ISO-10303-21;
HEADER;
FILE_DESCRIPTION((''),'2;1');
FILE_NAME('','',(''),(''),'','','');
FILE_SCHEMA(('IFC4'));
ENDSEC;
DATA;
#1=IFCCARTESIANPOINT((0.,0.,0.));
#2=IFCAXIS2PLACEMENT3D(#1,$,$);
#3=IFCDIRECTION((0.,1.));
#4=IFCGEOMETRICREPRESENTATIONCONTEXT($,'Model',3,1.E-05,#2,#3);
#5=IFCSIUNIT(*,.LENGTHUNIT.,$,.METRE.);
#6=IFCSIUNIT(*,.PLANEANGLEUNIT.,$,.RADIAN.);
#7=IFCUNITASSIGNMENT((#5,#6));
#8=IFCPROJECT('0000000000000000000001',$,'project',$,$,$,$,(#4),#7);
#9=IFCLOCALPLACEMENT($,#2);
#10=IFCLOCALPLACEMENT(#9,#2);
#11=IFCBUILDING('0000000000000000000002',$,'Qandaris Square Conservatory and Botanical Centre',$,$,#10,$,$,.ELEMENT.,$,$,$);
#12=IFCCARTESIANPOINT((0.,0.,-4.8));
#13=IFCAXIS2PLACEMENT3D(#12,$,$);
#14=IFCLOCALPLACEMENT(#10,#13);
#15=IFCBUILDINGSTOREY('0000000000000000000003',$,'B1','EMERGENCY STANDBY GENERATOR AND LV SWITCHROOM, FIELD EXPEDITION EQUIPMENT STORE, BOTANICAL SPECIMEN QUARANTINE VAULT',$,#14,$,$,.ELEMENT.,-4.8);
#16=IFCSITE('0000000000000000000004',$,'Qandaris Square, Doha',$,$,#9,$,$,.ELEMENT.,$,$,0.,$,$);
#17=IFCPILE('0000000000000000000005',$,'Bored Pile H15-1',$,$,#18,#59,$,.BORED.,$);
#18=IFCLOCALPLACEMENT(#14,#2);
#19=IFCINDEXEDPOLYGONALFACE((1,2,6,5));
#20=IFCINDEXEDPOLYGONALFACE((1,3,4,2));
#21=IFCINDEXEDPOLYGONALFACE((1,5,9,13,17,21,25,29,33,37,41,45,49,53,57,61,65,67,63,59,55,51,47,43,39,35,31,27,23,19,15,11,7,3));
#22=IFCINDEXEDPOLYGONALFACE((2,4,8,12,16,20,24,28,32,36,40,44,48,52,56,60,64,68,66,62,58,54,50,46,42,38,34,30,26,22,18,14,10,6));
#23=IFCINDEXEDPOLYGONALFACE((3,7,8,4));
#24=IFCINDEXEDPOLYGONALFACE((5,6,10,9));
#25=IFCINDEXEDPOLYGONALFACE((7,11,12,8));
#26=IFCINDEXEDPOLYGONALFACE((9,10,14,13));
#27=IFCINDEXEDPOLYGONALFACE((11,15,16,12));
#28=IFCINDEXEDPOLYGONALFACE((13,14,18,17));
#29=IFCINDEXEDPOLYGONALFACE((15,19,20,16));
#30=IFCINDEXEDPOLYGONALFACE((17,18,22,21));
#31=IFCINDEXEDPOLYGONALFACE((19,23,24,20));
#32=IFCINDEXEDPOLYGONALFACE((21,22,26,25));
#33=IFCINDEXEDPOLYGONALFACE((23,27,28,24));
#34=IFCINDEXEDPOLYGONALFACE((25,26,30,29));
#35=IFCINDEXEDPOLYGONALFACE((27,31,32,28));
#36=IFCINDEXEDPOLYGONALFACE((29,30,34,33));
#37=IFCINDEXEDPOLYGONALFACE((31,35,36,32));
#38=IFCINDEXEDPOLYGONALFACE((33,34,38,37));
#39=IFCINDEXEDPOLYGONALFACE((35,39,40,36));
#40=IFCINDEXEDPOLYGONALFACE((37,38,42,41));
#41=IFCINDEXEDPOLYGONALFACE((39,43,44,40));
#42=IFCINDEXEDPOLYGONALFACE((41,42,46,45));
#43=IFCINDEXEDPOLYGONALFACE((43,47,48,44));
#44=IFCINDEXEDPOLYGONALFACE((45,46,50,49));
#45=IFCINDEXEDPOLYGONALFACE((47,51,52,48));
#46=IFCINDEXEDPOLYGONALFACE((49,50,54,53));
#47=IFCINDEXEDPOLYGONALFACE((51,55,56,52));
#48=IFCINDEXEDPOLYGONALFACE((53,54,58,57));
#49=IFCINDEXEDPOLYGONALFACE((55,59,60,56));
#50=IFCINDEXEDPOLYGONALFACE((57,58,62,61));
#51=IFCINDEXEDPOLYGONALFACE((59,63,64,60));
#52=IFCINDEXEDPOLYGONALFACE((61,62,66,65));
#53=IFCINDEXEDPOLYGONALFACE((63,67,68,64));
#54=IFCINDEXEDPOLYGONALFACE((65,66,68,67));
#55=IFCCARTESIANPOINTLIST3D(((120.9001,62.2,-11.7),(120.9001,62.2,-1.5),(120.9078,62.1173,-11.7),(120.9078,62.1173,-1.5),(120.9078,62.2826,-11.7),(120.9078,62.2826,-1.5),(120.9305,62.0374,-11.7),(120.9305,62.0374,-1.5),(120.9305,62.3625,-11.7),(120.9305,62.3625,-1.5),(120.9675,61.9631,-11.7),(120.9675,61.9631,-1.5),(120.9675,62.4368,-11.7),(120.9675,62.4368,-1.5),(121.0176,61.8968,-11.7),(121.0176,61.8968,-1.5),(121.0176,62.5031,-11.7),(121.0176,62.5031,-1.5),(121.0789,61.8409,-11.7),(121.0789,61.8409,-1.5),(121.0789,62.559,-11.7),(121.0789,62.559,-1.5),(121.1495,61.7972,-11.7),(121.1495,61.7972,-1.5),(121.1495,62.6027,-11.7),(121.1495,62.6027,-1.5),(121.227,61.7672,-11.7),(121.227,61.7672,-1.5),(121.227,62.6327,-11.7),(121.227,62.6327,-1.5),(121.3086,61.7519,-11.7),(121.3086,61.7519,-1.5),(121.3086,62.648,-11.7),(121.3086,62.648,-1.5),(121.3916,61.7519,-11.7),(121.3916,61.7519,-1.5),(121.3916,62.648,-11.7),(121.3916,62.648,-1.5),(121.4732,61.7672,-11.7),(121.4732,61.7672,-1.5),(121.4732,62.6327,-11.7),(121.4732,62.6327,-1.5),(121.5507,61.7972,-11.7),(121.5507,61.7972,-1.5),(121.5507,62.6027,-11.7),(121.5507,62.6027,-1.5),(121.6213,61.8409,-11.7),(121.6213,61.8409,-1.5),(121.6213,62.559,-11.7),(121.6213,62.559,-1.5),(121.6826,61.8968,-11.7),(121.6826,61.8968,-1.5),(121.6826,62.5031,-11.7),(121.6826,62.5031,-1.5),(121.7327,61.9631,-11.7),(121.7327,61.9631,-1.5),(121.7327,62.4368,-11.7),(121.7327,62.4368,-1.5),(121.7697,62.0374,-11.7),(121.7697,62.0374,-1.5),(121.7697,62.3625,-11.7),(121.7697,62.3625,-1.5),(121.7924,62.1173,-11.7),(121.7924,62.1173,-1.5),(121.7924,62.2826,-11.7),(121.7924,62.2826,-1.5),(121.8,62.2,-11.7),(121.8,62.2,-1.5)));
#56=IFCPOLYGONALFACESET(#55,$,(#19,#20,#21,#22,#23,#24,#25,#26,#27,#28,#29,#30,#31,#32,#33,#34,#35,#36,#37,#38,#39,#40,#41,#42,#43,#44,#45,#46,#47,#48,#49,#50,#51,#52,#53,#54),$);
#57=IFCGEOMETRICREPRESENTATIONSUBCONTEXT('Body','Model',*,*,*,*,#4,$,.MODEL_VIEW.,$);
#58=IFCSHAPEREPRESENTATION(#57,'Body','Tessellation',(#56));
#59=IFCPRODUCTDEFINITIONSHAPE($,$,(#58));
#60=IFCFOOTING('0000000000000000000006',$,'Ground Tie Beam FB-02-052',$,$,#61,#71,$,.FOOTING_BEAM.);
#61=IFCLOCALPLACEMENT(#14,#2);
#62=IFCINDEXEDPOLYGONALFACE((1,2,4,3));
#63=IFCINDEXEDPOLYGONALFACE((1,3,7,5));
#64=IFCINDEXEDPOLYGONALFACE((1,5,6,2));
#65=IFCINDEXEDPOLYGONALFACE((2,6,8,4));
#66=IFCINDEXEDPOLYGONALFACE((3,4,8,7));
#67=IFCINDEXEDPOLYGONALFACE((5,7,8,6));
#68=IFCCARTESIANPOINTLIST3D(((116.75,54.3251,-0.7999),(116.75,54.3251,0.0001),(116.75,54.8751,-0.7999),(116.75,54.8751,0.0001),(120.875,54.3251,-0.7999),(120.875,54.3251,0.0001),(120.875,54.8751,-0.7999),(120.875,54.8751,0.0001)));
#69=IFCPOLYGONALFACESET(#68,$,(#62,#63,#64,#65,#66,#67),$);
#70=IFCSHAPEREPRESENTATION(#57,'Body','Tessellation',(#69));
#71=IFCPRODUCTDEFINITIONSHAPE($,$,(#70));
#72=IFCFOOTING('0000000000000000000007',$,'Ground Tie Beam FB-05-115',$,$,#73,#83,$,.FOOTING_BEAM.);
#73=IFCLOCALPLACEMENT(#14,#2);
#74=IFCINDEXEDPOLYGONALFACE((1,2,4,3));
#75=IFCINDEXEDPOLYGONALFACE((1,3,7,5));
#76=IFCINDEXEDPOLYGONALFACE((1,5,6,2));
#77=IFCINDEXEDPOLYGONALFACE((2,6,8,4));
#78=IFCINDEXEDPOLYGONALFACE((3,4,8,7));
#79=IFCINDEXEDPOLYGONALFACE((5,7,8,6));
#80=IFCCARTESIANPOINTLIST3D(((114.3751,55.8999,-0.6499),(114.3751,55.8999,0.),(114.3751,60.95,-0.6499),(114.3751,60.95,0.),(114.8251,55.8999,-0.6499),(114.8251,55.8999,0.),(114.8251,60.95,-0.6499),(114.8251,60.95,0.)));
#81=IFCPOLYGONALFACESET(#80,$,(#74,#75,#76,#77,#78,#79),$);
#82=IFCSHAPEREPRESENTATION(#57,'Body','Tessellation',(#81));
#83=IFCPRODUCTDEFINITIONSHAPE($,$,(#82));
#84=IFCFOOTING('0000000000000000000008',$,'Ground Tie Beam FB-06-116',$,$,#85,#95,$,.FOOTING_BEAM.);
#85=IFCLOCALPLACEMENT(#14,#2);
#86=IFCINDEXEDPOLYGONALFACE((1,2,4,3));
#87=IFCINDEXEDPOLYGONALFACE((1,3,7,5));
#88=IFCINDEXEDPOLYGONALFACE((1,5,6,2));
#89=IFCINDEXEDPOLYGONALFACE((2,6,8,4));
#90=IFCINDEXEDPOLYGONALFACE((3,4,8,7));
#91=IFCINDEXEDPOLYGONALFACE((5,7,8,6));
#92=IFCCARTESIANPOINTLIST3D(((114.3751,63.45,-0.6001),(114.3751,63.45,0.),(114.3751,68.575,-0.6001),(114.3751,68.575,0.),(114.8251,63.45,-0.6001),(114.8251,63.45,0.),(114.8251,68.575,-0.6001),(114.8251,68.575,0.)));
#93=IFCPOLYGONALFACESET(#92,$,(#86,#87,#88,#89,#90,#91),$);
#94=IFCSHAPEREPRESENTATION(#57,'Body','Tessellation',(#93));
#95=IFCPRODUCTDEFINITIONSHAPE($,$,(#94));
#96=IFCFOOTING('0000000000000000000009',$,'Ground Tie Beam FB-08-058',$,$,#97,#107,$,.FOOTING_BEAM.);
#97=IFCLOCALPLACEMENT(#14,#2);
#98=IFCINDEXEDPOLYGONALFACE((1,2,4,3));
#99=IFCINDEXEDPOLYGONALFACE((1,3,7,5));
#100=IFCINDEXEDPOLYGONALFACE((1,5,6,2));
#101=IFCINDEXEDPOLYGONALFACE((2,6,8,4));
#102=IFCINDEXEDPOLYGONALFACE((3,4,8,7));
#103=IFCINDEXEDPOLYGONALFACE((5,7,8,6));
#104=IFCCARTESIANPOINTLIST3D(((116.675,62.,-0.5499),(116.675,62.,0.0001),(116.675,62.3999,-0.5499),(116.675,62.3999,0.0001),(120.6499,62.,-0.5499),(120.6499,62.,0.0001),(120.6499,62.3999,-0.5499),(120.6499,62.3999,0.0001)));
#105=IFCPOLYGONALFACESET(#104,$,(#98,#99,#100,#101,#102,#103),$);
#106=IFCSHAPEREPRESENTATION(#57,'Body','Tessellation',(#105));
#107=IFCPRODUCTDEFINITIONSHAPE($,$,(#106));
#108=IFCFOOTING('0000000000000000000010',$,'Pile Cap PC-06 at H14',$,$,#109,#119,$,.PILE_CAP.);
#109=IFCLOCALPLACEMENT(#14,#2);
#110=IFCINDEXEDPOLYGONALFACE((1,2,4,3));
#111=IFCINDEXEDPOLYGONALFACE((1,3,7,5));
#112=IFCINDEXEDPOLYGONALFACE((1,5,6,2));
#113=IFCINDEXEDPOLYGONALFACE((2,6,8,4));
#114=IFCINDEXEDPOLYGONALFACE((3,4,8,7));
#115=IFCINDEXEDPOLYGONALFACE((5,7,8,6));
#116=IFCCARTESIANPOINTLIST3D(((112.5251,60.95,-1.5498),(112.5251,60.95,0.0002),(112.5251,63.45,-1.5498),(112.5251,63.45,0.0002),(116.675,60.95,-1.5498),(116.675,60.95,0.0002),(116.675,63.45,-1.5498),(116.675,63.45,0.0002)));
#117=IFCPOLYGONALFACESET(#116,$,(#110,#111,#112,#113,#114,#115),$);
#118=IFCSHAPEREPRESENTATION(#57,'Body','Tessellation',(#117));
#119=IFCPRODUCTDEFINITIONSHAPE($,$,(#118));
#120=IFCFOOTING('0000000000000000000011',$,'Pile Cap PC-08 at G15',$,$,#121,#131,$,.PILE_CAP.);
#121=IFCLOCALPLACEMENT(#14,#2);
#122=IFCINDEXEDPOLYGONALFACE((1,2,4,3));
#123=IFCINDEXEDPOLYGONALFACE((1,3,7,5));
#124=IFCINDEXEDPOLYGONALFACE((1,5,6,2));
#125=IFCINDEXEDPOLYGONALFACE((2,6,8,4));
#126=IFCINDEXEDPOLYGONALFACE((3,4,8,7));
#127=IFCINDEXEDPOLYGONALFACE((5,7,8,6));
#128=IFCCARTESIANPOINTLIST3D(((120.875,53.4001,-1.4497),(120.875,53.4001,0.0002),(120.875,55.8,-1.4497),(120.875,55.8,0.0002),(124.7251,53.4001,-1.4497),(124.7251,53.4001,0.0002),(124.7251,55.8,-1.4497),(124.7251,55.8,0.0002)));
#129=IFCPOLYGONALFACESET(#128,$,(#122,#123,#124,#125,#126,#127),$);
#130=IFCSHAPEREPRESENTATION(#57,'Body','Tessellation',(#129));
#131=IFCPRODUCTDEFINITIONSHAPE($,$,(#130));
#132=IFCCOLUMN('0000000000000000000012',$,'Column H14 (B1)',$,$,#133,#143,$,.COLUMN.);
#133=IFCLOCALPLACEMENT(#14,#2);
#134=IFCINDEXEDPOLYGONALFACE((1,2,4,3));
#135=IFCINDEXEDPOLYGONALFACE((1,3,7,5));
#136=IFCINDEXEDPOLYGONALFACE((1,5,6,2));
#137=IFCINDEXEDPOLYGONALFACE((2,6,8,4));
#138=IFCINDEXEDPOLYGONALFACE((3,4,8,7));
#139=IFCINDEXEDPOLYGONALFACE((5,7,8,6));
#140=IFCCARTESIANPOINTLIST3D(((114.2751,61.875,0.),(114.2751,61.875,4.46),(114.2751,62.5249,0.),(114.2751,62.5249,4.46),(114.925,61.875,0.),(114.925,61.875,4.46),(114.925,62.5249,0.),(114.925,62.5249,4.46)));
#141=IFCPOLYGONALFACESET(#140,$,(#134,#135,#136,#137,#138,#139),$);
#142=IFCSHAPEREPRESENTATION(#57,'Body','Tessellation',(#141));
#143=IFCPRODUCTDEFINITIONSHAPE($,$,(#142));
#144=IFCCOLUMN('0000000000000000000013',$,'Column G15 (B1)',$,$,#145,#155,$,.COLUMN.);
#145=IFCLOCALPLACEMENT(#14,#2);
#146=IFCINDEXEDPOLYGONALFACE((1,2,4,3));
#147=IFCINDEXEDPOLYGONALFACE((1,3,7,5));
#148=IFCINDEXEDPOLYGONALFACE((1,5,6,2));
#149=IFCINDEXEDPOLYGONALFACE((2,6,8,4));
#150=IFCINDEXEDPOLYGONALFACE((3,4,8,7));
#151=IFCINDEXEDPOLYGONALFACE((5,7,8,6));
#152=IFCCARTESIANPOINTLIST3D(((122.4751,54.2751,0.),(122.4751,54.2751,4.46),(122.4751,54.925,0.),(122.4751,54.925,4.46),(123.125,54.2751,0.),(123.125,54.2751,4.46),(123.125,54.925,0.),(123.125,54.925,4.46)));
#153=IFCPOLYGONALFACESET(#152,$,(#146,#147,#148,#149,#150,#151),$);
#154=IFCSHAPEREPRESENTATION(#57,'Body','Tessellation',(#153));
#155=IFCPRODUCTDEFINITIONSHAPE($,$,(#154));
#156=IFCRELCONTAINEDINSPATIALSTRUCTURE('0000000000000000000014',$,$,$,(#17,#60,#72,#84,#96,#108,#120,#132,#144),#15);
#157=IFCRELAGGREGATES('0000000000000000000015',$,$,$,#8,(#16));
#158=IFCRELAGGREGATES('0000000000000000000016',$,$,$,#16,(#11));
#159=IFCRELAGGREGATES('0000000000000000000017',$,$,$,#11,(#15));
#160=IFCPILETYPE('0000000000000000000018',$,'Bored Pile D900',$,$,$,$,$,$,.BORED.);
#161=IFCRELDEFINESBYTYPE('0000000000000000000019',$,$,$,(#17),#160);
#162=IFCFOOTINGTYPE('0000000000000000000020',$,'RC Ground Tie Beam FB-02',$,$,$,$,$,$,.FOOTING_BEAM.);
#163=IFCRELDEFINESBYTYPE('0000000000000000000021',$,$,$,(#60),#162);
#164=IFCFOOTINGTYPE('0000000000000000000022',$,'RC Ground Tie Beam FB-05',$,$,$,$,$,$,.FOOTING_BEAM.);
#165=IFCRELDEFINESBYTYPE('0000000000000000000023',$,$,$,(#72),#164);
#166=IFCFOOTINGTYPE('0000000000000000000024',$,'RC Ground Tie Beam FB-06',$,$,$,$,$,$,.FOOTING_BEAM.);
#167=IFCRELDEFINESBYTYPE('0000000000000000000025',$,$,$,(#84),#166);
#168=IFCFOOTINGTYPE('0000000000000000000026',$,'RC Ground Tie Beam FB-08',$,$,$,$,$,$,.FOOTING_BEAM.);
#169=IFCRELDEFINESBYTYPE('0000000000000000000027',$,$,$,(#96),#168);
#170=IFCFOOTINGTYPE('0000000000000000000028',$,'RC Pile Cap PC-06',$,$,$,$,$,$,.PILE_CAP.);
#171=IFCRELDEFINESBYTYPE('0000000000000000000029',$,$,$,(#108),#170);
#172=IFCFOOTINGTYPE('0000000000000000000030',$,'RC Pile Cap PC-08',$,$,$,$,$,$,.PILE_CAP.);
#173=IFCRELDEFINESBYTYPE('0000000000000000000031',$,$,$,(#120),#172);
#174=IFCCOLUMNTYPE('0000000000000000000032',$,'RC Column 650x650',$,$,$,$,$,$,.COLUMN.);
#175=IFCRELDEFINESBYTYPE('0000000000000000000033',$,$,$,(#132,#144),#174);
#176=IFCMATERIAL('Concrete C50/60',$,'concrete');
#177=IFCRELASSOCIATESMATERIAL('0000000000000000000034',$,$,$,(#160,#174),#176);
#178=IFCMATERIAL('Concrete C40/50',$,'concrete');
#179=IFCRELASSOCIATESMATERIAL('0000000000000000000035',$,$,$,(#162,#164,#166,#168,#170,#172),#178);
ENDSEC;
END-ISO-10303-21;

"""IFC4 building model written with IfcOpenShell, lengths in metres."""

from ifc_helpers import new_model, si_unit, direction, frame, origin, origin_2d, place, context, subcontext, project, spatial, rectangle, circle, extrude, material, material_profile, profile_set, type_object, element, save


model = new_model("IFC4")

# Units and contexts
model_context = context("Model", 3, precision=1e-05, world=origin(), true_north=direction((0.0, 1.0)))
body_context = subcontext(model_context, "Body", "Model", "MODEL_VIEW")
ifc_project = project(units=[si_unit("LENGTHUNIT", "METRE"), si_unit("PLANEANGLEUNIT", "RADIAN")], contexts=[model_context])

# Site, building, storey
site_placement = place(None, origin())
site = spatial("IfcSite", under=ifc_project, at=site_placement, Name="Qandaris Square, Doha", CompositionType="ELEMENT", RefElevation=0.0)
building_placement = place(site_placement, origin())
building = spatial("IfcBuilding", under=site, at=building_placement, Name="Qandaris Square Conservatory and Botanical Centre", CompositionType="ELEMENT")
storey_placement = place(building_placement, frame((0.0, 0.0, -4.8)))
storey = spatial("IfcBuildingStorey", under=building, at=storey_placement, Name="B1", Description="EMERGENCY STANDBY GENERATOR AND LV SWITCHROOM, FIELD EXPEDITION EQUIPMENT STORE, BOTANICAL SPECIMEN QUARANTINE VAULT", CompositionType="ELEMENT", Elevation=-4.8)

# Pile
ifc_material_1 = material(Name="Concrete C50/60", Category="concrete")
ifc_material_profile_1 = material_profile(ifc_material_1, circle(Radius=0.45, at=origin_2d()), Name="PILE D900")
ifc_profile_set_1 = profile_set([ifc_material_profile_1], Name="Concrete C50/60")
pile_type = type_object("IfcPileType", Name="Bored Pile D900", PredefinedType="BORED", material=ifc_profile_set_1)
pile_1_placement = place(storey_placement, frame((121.3501, 62.2, -1.5), z_axis=(0.0, 0.0, -1.0), x_axis=(1.0, 0.0, 0.0)))
element("IfcPile", 1, at=pile_1_placement, inside=storey, type_object=pile_type, Name="Bored Pile H15-1", PredefinedType="BORED", context=body_context, shape_type="SweptSolid", body=[
    extrude(circle(Radius=0.45, at=origin_2d()), origin(), (0.0, 0.0, 1.0), 10.2),
])

# Footings
ifc_material_2 = material(Name="Concrete C40/50", Category="concrete")
ifc_material_profile_2 = material_profile(ifc_material_2, rectangle(XDim=0.55, YDim=0.8, at=origin_2d()), Name="FB 550x800")
ifc_profile_set_2 = profile_set([ifc_material_profile_2], Name="Concrete C40/50")
footing_type_1 = type_object("IfcFootingType", Name="RC Ground Tie Beam FB-02", PredefinedType="FOOTING_BEAM", material=ifc_profile_set_2)
footing_1_placement = place(storey_placement, frame((116.75, 54.6001, -0.3999), z_axis=(1.0, 0.0, 0.0), x_axis=(0.0, 1.0, 0.0)))
element("IfcFooting", 2, at=footing_1_placement, inside=storey, type_object=footing_type_1, Name="Ground Tie Beam FB-02-052", PredefinedType="FOOTING_BEAM", context=body_context, shape_type="SweptSolid", body=[
    extrude(rectangle(XDim=0.55, YDim=0.8, at=origin_2d()), origin(), (0.0, 0.0, 1.0), 4.125),
])
ifc_material_profile_3 = material_profile(ifc_material_2, rectangle(XDim=0.45, YDim=0.6499, at=origin_2d()), Name="FB 450x650")
ifc_profile_set_3 = profile_set([ifc_material_profile_3], Name="Concrete C40/50")
footing_type_2 = type_object("IfcFootingType", Name="RC Ground Tie Beam FB-05", PredefinedType="FOOTING_BEAM", material=ifc_profile_set_3)
footing_2_placement = place(storey_placement, frame((114.6001, 55.8999, -0.325), z_axis=(0.0, 1.0, 0.0), x_axis=(-1.0, 0.0, 0.0)))
element("IfcFooting", 3, at=footing_2_placement, inside=storey, type_object=footing_type_2, Name="Ground Tie Beam FB-05-115", PredefinedType="FOOTING_BEAM", context=body_context, shape_type="SweptSolid", body=[
    extrude(rectangle(XDim=0.45, YDim=0.6499, at=origin_2d()), origin(), (0.0, 0.0, 1.0), 5.05),
])
ifc_material_profile_4 = material_profile(ifc_material_2, rectangle(XDim=0.45, YDim=0.6001, at=origin_2d()), Name="FB 450x600")
ifc_profile_set_4 = profile_set([ifc_material_profile_4], Name="Concrete C40/50")
footing_type_3 = type_object("IfcFootingType", Name="RC Ground Tie Beam FB-06", PredefinedType="FOOTING_BEAM", material=ifc_profile_set_4)
footing_3_placement = place(storey_placement, frame((114.6001, 63.45, -0.3), z_axis=(0.0, 1.0, 0.0), x_axis=(-1.0, 0.0, 0.0)))
element("IfcFooting", 4, at=footing_3_placement, inside=storey, type_object=footing_type_3, Name="Ground Tie Beam FB-06-116", PredefinedType="FOOTING_BEAM", context=body_context, shape_type="SweptSolid", body=[
    extrude(rectangle(XDim=0.45, YDim=0.6001, at=origin_2d()), origin(), (0.0, 0.0, 1.0), 5.125),
])
ifc_material_profile_5 = material_profile(ifc_material_2, rectangle(XDim=0.3999, YDim=0.55, at=origin_2d()), Name="FB 400x550")
ifc_profile_set_5 = profile_set([ifc_material_profile_5], Name="Concrete C40/50")
footing_type_4 = type_object("IfcFootingType", Name="RC Ground Tie Beam FB-08", PredefinedType="FOOTING_BEAM", material=ifc_profile_set_5)
footing_4_placement = place(storey_placement, frame((116.675, 62.2, -0.2749), z_axis=(1.0, 0.0, 0.0), x_axis=(0.0, 1.0, 0.0)))
element("IfcFooting", 5, at=footing_4_placement, inside=storey, type_object=footing_type_4, Name="Ground Tie Beam FB-08-058", PredefinedType="FOOTING_BEAM", context=body_context, shape_type="SweptSolid", body=[
    extrude(rectangle(XDim=0.3999, YDim=0.55, at=origin_2d()), origin(), (0.0, 0.0, 1.0), 3.9749),
])
footing_type_5 = type_object("IfcFootingType", Name="RC Pile Cap PC-06", PredefinedType="PILE_CAP", material=ifc_material_2)
footing_5_placement = place(storey_placement, frame((114.6001, 62.2, -1.5498), z_axis=(0.0, 0.0, 1.0), x_axis=(1.0, 0.0, 0.0)))
element("IfcFooting", 6, at=footing_5_placement, inside=storey, type_object=footing_type_5, Name="Pile Cap PC-06 at H14", PredefinedType="PILE_CAP", context=body_context, shape_type="SweptSolid", body=[
    extrude(rectangle(XDim=4.1499, YDim=2.5, at=origin_2d()), origin(), (0.0, 0.0, 1.0), 1.55),
])
footing_type_6 = type_object("IfcFootingType", Name="RC Pile Cap PC-08", PredefinedType="PILE_CAP", material=ifc_material_2)
footing_6_placement = place(storey_placement, frame((122.8, 54.6001, -1.4497), z_axis=(0.0, 0.0, 1.0), x_axis=(1.0, 0.0, 0.0)))
element("IfcFooting", 7, at=footing_6_placement, inside=storey, type_object=footing_type_6, Name="Pile Cap PC-08 at G15", PredefinedType="PILE_CAP", context=body_context, shape_type="SweptSolid", body=[
    extrude(rectangle(XDim=3.8501, YDim=2.3999, at=origin_2d()), origin(), (0.0, 0.0, 1.0), 1.45),
])

# Columns
ifc_material_profile_6 = material_profile(ifc_material_1, rectangle(XDim=0.6499, YDim=0.6499, at=origin_2d()), Name="RC-COL 650x650")
ifc_profile_set_6 = profile_set([ifc_material_profile_6], Name="Concrete C50/60")
column_type = type_object("IfcColumnType", Name="RC Column 650x650", PredefinedType="COLUMN", material=ifc_profile_set_6)
for number, where, z_axis, x_axis, name in (
    (8, (114.6001, 62.2, 0.0), (0.0, 0.0, 1.0), (1.0, 0.0, 0.0), "Column H14 (B1)"),
    (9, (122.8, 54.6001, 0.0), (0.0, 0.0, 1.0), (1.0, 0.0, 0.0), "Column G15 (B1)"),
):
    element("IfcColumn", number, at=place(storey_placement, frame(where, z_axis=z_axis, x_axis=x_axis)), inside=storey, type_object=column_type, Name=name, PredefinedType="COLUMN", context=body_context, shape_type="SweptSolid", body=[
        extrude(rectangle(XDim=0.6499, YDim=0.6499, at=origin_2d()), origin(), (0.0, 0.0, 1.0), 4.46),
    ])

save(model, "model.ifc")
